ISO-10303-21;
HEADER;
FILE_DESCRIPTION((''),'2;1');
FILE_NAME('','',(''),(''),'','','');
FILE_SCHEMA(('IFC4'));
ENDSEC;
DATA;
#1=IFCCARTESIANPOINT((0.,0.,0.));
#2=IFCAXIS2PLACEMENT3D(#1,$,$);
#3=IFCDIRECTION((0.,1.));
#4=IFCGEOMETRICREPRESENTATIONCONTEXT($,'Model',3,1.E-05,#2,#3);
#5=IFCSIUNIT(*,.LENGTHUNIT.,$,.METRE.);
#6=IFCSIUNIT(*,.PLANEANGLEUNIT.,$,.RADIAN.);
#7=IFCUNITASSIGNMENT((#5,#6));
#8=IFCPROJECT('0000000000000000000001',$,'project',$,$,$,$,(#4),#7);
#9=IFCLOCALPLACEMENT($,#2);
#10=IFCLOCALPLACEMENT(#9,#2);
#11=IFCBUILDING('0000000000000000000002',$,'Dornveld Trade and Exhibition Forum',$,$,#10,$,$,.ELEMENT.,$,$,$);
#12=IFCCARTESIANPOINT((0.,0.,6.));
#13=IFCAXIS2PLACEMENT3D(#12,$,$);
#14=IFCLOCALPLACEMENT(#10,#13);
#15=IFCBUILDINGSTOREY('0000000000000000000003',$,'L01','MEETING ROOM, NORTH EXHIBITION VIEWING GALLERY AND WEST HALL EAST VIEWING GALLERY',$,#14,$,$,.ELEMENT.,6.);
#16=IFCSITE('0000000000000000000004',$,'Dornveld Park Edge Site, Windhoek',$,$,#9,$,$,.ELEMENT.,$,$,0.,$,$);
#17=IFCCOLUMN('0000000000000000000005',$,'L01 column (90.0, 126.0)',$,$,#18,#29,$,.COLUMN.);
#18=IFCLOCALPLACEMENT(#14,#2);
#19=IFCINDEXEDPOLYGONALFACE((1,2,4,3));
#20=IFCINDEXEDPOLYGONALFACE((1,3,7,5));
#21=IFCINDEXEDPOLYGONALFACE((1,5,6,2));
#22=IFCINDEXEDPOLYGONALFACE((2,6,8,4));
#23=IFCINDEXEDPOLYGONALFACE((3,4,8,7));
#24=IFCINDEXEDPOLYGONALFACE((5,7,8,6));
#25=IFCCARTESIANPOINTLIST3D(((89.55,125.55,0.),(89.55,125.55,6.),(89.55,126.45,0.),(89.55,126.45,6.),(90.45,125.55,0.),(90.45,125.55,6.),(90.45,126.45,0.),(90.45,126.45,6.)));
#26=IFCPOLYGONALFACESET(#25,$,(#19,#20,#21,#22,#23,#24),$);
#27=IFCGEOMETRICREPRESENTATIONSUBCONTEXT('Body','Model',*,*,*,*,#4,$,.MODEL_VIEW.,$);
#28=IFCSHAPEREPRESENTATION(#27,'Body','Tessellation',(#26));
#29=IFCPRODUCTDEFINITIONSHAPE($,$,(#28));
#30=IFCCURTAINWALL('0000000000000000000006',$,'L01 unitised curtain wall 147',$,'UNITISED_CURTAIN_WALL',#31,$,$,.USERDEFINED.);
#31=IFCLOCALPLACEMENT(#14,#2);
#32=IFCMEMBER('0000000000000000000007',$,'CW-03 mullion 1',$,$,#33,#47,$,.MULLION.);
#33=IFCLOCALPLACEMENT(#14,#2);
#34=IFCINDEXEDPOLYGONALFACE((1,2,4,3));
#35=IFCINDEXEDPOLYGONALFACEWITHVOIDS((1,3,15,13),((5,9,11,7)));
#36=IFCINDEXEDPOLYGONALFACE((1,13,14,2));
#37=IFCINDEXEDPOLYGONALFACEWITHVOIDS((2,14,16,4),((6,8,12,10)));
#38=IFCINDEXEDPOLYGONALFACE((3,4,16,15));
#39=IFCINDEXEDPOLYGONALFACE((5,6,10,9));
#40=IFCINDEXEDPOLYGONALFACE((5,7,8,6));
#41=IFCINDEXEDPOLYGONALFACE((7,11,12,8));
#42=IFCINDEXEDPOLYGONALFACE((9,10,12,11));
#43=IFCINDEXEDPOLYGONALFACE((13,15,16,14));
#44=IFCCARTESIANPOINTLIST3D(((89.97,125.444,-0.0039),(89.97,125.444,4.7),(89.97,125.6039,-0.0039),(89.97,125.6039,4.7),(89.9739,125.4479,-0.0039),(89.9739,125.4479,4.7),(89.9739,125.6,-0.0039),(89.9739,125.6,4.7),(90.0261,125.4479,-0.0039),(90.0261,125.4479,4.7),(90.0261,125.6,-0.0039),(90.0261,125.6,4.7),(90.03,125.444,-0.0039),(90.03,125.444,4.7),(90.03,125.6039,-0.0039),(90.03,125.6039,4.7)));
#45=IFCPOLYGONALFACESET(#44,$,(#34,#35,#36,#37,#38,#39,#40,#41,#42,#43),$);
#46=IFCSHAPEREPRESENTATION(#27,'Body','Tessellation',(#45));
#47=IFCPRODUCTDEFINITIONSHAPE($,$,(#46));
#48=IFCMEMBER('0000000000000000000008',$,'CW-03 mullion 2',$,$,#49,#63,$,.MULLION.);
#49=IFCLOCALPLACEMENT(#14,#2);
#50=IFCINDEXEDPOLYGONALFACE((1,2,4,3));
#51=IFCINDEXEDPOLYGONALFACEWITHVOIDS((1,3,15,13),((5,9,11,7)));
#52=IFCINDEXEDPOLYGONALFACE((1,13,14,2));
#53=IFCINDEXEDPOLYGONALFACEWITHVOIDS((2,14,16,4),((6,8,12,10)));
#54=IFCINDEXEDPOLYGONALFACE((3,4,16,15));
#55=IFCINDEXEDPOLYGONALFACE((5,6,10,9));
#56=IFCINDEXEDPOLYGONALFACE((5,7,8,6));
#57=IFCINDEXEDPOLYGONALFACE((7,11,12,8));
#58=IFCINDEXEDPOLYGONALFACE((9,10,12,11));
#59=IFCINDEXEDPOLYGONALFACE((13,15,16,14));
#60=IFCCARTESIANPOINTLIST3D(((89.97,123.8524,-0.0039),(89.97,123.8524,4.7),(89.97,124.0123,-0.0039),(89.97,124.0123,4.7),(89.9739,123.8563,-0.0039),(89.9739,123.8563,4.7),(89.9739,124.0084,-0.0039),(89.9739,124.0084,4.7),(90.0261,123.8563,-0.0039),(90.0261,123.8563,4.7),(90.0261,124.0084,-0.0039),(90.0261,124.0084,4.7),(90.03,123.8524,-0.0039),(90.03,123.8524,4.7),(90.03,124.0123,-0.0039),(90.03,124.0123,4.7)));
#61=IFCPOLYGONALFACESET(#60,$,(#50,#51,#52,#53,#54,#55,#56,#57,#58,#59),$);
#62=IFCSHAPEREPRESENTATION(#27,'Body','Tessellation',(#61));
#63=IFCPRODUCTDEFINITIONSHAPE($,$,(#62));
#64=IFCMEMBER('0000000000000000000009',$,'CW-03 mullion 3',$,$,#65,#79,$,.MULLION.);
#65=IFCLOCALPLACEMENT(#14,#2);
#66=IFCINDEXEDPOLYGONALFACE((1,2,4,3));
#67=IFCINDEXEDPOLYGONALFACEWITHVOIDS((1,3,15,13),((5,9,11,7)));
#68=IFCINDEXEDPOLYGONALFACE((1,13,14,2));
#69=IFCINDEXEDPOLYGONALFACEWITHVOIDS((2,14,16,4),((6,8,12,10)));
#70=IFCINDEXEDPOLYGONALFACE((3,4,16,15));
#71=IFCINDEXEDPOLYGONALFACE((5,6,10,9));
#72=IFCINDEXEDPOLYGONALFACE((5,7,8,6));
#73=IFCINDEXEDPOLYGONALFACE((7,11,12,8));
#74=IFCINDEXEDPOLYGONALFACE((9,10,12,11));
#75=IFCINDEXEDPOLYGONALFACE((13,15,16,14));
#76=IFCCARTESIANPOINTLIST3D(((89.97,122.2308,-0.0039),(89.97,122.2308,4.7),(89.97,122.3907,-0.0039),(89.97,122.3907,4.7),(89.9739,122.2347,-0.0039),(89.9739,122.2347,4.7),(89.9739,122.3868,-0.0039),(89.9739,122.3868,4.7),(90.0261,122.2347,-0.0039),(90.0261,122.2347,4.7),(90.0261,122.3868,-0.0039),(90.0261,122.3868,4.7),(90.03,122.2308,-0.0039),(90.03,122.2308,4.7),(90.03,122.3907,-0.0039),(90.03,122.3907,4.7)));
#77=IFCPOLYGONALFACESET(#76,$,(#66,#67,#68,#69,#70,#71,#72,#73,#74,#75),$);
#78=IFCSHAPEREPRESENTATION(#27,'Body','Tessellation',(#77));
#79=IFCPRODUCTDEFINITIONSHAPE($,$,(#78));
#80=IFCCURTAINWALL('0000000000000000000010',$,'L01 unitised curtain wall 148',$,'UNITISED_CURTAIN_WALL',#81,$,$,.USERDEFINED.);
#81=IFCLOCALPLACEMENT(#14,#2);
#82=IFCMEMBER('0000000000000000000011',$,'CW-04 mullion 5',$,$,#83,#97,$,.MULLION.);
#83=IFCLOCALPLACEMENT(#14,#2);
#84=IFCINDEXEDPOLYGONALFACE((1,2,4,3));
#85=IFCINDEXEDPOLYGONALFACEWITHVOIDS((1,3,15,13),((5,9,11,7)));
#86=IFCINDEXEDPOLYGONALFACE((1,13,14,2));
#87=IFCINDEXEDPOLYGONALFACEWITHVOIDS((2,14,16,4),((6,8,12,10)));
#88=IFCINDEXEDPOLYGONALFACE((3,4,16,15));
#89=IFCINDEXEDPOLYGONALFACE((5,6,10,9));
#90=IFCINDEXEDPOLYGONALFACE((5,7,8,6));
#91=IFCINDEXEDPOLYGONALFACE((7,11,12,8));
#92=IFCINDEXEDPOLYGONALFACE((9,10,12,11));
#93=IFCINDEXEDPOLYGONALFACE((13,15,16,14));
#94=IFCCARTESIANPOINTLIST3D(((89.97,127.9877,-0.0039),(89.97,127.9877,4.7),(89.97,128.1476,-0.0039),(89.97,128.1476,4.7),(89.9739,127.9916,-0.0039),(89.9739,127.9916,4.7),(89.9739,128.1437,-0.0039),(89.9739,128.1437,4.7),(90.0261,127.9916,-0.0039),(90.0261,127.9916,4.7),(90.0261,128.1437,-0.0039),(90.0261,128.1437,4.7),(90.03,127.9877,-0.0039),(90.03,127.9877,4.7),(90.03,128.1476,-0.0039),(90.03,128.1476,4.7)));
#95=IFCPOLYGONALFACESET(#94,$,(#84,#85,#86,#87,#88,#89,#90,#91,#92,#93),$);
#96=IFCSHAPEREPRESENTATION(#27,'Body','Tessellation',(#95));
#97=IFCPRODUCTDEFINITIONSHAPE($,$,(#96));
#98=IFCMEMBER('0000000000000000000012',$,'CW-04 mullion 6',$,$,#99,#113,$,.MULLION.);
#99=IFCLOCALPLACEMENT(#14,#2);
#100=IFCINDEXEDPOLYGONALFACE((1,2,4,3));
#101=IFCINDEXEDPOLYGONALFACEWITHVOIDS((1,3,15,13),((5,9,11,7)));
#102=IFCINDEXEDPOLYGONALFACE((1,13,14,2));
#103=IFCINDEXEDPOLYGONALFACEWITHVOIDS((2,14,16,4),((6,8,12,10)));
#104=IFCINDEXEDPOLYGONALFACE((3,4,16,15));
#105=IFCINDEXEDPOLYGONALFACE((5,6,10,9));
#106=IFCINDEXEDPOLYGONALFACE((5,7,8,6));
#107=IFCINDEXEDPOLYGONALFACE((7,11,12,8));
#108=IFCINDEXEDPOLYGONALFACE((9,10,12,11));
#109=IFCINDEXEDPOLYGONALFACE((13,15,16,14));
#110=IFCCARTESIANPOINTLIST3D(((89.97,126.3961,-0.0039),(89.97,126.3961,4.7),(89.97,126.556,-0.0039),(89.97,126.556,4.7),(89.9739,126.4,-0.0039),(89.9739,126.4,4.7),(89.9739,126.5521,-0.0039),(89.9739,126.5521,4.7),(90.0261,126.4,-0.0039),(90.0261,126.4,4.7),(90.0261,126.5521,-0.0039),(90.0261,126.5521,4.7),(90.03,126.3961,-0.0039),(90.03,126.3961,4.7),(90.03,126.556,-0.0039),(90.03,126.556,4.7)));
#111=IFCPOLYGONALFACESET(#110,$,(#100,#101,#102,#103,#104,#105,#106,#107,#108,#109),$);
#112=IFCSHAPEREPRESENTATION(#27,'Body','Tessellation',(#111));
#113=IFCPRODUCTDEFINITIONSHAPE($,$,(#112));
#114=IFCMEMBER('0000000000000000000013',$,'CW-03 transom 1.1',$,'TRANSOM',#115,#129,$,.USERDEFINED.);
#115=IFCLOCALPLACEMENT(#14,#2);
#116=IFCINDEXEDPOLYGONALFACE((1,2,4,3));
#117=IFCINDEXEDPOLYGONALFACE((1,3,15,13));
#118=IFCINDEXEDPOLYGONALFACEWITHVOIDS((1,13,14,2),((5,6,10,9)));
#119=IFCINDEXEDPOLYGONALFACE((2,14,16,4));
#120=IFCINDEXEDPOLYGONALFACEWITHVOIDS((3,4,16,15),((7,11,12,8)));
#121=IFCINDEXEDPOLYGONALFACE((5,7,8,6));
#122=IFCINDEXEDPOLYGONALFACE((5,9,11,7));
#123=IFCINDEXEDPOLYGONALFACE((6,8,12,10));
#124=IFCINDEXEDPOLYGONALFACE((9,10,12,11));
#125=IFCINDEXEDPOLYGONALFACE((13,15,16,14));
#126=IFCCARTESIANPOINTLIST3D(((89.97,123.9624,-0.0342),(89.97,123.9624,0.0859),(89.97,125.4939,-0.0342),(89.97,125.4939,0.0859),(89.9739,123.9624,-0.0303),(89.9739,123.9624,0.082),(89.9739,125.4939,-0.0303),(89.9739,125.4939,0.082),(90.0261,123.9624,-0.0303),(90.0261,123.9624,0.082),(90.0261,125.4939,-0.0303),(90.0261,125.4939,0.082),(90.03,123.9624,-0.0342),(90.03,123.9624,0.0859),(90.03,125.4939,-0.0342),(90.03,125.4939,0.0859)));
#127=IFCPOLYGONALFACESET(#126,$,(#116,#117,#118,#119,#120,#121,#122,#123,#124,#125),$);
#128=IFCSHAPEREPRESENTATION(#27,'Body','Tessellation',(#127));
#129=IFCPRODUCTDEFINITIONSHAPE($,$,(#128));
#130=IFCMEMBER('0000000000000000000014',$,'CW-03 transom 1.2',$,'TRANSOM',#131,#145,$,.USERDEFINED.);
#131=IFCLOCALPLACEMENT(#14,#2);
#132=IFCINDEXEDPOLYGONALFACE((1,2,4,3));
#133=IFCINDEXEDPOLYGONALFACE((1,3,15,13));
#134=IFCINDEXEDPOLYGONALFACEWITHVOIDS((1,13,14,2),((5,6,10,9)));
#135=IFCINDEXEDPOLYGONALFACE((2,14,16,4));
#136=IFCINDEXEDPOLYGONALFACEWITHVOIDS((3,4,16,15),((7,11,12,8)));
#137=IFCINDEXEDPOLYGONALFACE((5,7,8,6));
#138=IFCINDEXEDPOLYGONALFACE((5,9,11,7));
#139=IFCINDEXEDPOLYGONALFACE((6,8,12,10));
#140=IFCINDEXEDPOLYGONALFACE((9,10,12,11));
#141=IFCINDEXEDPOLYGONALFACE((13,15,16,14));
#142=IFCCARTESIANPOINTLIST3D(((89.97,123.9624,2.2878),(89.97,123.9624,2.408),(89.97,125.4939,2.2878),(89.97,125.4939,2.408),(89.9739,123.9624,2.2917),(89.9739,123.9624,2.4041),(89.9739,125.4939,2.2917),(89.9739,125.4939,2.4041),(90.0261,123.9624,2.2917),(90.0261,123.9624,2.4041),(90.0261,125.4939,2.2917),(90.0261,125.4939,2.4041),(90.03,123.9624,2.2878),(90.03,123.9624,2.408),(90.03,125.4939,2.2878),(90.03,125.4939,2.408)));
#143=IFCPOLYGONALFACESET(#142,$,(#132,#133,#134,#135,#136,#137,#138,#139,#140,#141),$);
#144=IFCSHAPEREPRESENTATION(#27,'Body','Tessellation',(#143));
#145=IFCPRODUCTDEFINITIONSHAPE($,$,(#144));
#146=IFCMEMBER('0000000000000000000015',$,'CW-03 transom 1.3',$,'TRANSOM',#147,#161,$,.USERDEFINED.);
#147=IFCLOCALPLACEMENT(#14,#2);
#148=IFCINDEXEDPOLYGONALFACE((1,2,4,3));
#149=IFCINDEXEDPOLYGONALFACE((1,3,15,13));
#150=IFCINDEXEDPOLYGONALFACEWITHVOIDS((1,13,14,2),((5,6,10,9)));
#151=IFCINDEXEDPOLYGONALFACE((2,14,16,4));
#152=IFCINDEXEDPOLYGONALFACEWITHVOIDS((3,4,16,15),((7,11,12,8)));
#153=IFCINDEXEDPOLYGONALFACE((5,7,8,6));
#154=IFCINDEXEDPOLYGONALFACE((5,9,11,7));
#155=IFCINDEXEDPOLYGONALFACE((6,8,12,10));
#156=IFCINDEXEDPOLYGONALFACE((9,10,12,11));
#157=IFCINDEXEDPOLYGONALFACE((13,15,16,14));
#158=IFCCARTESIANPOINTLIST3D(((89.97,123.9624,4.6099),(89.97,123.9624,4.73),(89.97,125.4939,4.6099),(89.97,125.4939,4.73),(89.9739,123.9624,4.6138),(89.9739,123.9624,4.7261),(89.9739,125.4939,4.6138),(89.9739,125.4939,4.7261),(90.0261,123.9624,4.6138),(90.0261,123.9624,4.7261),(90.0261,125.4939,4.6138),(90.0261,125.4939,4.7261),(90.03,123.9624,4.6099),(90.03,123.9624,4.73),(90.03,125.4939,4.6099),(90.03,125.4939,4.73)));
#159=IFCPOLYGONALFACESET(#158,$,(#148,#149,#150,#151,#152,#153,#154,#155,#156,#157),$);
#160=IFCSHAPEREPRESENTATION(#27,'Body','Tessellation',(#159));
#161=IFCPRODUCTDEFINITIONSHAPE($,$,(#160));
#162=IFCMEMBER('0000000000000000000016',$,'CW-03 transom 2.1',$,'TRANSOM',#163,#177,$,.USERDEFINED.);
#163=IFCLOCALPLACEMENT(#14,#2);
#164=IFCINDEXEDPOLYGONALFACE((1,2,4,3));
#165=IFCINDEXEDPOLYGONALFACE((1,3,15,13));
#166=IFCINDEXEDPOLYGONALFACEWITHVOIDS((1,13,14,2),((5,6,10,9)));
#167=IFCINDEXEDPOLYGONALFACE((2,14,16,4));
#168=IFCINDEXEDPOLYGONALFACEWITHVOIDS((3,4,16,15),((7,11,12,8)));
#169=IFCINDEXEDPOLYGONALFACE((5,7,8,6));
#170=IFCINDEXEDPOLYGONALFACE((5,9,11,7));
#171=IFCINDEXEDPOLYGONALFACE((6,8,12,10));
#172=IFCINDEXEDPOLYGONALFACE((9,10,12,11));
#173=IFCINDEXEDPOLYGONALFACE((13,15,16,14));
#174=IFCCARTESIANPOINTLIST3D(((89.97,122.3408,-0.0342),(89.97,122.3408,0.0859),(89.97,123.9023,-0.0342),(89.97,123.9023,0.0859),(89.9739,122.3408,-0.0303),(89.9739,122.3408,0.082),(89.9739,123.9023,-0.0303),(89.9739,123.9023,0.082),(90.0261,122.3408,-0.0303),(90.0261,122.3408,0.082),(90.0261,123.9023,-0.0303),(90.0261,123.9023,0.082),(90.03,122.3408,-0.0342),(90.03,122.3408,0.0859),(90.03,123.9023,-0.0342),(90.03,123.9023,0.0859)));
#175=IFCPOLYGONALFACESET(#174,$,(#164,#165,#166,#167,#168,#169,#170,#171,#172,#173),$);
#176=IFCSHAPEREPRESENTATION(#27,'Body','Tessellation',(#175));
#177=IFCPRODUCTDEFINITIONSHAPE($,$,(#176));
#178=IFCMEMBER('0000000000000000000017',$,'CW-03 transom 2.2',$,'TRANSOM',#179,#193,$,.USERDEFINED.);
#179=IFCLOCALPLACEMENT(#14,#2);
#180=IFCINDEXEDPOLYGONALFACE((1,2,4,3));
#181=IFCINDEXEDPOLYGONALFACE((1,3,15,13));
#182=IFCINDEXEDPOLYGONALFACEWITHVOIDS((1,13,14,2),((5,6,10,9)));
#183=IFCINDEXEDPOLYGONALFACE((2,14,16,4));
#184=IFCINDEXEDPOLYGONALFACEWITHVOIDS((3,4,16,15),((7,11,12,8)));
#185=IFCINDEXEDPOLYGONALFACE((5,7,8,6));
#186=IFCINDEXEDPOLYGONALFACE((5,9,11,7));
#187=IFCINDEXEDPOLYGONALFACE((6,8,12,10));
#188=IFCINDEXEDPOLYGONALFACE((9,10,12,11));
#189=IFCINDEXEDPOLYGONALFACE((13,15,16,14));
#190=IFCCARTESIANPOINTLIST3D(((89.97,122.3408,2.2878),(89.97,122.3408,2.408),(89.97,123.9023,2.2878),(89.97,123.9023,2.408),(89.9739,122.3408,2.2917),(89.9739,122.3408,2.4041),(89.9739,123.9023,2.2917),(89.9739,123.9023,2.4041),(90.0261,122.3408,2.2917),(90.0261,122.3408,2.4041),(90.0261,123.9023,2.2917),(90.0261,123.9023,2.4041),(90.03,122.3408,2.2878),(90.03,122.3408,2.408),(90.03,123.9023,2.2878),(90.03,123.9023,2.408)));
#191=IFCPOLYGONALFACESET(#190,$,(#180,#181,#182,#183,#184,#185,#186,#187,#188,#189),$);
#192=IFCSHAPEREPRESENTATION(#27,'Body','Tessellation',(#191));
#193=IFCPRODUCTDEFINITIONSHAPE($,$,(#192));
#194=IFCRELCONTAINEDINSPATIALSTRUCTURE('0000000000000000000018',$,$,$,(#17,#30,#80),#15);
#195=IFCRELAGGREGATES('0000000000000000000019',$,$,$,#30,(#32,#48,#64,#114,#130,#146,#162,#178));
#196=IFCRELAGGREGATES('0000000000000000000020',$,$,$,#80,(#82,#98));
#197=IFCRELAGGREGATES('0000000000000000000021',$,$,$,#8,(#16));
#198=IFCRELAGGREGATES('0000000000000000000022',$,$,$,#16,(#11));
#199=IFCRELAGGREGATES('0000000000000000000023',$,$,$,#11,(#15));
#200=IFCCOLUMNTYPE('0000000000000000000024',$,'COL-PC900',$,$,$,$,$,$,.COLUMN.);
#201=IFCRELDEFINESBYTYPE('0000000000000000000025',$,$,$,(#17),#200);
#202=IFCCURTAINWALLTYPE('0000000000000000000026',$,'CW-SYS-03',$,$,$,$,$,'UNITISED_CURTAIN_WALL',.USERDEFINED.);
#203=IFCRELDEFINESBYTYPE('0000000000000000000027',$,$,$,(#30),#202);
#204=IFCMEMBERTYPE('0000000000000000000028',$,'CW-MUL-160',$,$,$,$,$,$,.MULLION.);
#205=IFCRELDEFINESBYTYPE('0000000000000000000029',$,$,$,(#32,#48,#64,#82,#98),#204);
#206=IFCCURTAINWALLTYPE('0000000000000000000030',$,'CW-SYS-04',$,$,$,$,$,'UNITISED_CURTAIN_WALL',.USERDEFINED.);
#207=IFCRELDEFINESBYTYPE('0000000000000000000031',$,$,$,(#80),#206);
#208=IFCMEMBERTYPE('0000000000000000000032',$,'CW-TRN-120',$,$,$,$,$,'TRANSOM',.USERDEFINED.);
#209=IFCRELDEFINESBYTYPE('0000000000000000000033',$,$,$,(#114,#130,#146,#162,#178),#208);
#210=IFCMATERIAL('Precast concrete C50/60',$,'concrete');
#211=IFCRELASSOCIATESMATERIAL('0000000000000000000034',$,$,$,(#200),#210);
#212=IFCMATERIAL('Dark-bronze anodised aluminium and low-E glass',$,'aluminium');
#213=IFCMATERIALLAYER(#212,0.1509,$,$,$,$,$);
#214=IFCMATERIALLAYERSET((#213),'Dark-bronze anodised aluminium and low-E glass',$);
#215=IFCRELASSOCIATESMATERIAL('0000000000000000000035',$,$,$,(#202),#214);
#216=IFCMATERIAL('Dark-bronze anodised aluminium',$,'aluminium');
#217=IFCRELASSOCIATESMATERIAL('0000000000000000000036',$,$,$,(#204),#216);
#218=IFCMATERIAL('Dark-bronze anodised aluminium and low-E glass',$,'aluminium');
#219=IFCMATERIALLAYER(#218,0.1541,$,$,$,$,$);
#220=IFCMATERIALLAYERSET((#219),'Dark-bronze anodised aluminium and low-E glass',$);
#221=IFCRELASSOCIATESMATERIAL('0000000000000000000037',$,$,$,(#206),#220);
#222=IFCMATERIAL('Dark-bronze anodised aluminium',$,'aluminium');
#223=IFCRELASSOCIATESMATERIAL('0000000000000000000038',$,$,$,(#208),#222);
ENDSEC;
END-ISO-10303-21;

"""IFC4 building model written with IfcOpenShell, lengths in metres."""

from ifc_helpers import new_model, si_unit, direction, frame, origin, origin_2d, place, context, subcontext, project, spatial, rectangle, hollow_rectangle, extrude, material, layer, layer_set, material_profile, profile_set, type_object, element, aggregate, save


model = new_model("IFC4")

# Units and contexts
model_context = context("Model", 3, precision=1e-05, world=origin(), true_north=direction((0.0, 1.0)))
body_context = subcontext(model_context, "Body", "Model", "MODEL_VIEW")
ifc_project = project(units=[si_unit("LENGTHUNIT", "METRE"), si_unit("PLANEANGLEUNIT", "RADIAN")], contexts=[model_context])

# Site, building, storey
site_placement = place(None, origin())
site = spatial("IfcSite", under=ifc_project, at=site_placement, Name="Dornveld Park Edge Site, Windhoek", CompositionType="ELEMENT", RefElevation=0.0)
building_placement = place(site_placement, origin())
building = spatial("IfcBuilding", under=site, at=building_placement, Name="Dornveld Trade and Exhibition Forum", CompositionType="ELEMENT")
storey_placement = place(building_placement, frame((0.0, 0.0, 6.0)))
storey = spatial("IfcBuildingStorey", under=building, at=storey_placement, Name="L01", Description="MEETING ROOM, NORTH EXHIBITION VIEWING GALLERY AND WEST HALL EAST VIEWING GALLERY", CompositionType="ELEMENT", Elevation=6.0)

# Column
ifc_material_1 = material(Name="Precast concrete C50/60", Category="concrete")
ifc_material_profile_1 = material_profile(ifc_material_1, rectangle(XDim=0.8999, YDim=0.8999, at=origin_2d()), Name="PC-COL 900x900")
ifc_profile_set_1 = profile_set([ifc_material_profile_1], Name="Precast concrete C50/60")
column_type = type_object("IfcColumnType", Name="COL-PC900", PredefinedType="COLUMN", material=ifc_profile_set_1)
column_placement = place(storey_placement, frame((90.0, 126.0, 0.0), z_axis=(0.0, 0.0, 1.0), x_axis=(1.0, 0.0, 0.0)))
element("IfcColumn", 1, at=column_placement, inside=storey, type_object=column_type, Name="L01 column (90.0, 126.0)", PredefinedType="COLUMN", context=body_context, shape_type="SweptSolid", body=[
    extrude(rectangle(XDim=0.8999, YDim=0.8999, at=origin_2d()), origin(), (0.0, 0.0, 1.0), 6.0),
])

# Curtain walls, members
ifc_material_2 = material(Name="Dark-bronze anodised aluminium and low-E glass", Category="aluminium")
ifc_layer_1 = layer(ifc_material_2, 0.1509)
ifc_layer_set_1 = layer_set([ifc_layer_1], Name="Dark-bronze anodised aluminium and low-E glass")
curtain_wall_type_1 = type_object("IfcCurtainWallType", Name="CW-SYS-03", ElementType="UNITISED_CURTAIN_WALL", PredefinedType="USERDEFINED", material=ifc_layer_set_1)
curtain_wall_1_placement = place(storey_placement, origin())
curtain_wall_1 = element("IfcCurtainWall", 2, at=curtain_wall_1_placement, inside=storey, type_object=curtain_wall_type_1, Name="L01 unitised curtain wall 147", ObjectType="UNITISED_CURTAIN_WALL", PredefinedType="USERDEFINED")
ifc_material_3 = material(Name="Dark-bronze anodised aluminium", Category="aluminium")
ifc_material_profile_2 = material_profile(ifc_material_3, hollow_rectangle(XDim=0.0601, YDim=0.1599, WallThickness=0.0039, at=origin_2d()), Name="RHS 160x60x4")
ifc_profile_set_2 = profile_set([ifc_material_profile_2], Name="Dark-bronze anodised aluminium")
member_type_1 = type_object("IfcMemberType", Name="CW-MUL-160", PredefinedType="MULLION", material=ifc_profile_set_2)
member_1_placement = place(storey_placement, frame((90.0, 125.5239, -0.0039), z_axis=(0.0, 0.0, 1.0), x_axis=(1.0, 0.0, 0.0)))
member_1 = element("IfcMember", 3, at=member_1_placement, type_object=member_type_1, Name="CW-03 mullion 1", PredefinedType="MULLION", context=body_context, shape_type="SweptSolid", body=[
    extrude(hollow_rectangle(XDim=0.0601, YDim=0.1599, WallThickness=0.0039, at=origin_2d()), origin(), (0.0, 0.0, 1.0), 4.7039),
])
member_2_placement = place(storey_placement, frame((90.0, 123.9324, -0.0039), z_axis=(0.0, 0.0, 1.0), x_axis=(1.0, 0.0, 0.0)))
member_2 = element("IfcMember", 4, at=member_2_placement, type_object=member_type_1, Name="CW-03 mullion 2", PredefinedType="MULLION", context=body_context, shape_type="SweptSolid", body=[
    extrude(hollow_rectangle(XDim=0.0601, YDim=0.1599, WallThickness=0.0039, at=origin_2d()), origin(), (0.0, 0.0, 1.0), 4.7039),
])
member_3_placement = place(storey_placement, frame((90.0, 122.3108, -0.0039), z_axis=(0.0, 0.0, 1.0), x_axis=(1.0, 0.0, 0.0)))
member_3 = element("IfcMember", 5, at=member_3_placement, type_object=member_type_1, Name="CW-03 mullion 3", PredefinedType="MULLION", context=body_context, shape_type="SweptSolid", body=[
    extrude(hollow_rectangle(XDim=0.0601, YDim=0.1599, WallThickness=0.0039, at=origin_2d()), origin(), (0.0, 0.0, 1.0), 4.7039),
])
ifc_material_4 = material(Name="Dark-bronze anodised aluminium and low-E glass", Category="aluminium")
ifc_layer_2 = layer(ifc_material_4, 0.1541)
ifc_layer_set_2 = layer_set([ifc_layer_2], Name="Dark-bronze anodised aluminium and low-E glass")
curtain_wall_type_2 = type_object("IfcCurtainWallType", Name="CW-SYS-04", ElementType="UNITISED_CURTAIN_WALL", PredefinedType="USERDEFINED", material=ifc_layer_set_2)
curtain_wall_2_placement = place(storey_placement, origin())
curtain_wall_2 = element("IfcCurtainWall", 6, at=curtain_wall_2_placement, inside=storey, type_object=curtain_wall_type_2, Name="L01 unitised curtain wall 148", ObjectType="UNITISED_CURTAIN_WALL", PredefinedType="USERDEFINED")
member_4_placement = place(storey_placement, frame((90.0, 128.0676, -0.0039), z_axis=(0.0, 0.0, 1.0), x_axis=(1.0, 0.0, 0.0)))
member_4 = element("IfcMember", 7, at=member_4_placement, type_object=member_type_1, Name="CW-04 mullion 5", PredefinedType="MULLION", context=body_context, shape_type="SweptSolid", body=[
    extrude(hollow_rectangle(XDim=0.0601, YDim=0.1599, WallThickness=0.0039, at=origin_2d()), origin(), (0.0, 0.0, 1.0), 4.7039),
])
member_5_placement = place(storey_placement, frame((90.0, 126.4761, -0.0039), z_axis=(0.0, 0.0, 1.0), x_axis=(1.0, 0.0, 0.0)))
member_5 = element("IfcMember", 8, at=member_5_placement, type_object=member_type_1, Name="CW-04 mullion 6", PredefinedType="MULLION", context=body_context, shape_type="SweptSolid", body=[
    extrude(hollow_rectangle(XDim=0.0601, YDim=0.1599, WallThickness=0.0039, at=origin_2d()), origin(), (0.0, 0.0, 1.0), 4.7039),
])

# Members
ifc_material_5 = material(Name="Dark-bronze anodised aluminium", Category="aluminium")
ifc_material_profile_3 = material_profile(ifc_material_5, hollow_rectangle(XDim=0.0601, YDim=0.1201, WallThickness=0.0039, at=origin_2d()), Name="RHS 120x60x4")
ifc_profile_set_3 = profile_set([ifc_material_profile_3], Name="Dark-bronze anodised aluminium")
member_type_2 = type_object("IfcMemberType", Name="CW-TRN-120", ElementType="TRANSOM", PredefinedType="USERDEFINED", material=ifc_profile_set_3)
member_6_placement = place(storey_placement, frame((90.0, 125.4939, 0.0259), z_axis=(0.0, -1.0, 0.0), x_axis=(1.0, 0.0, 0.0)))
member_6 = element("IfcMember", 9, at=member_6_placement, type_object=member_type_2, Name="CW-03 transom 1.1", ObjectType="TRANSOM", PredefinedType="USERDEFINED", context=body_context, shape_type="SweptSolid", body=[
    extrude(hollow_rectangle(XDim=0.0601, YDim=0.1201, WallThickness=0.0039, at=origin_2d()), origin(), (0.0, 0.0, 1.0), 1.5315),
])
member_7_placement = place(storey_placement, frame((90.0, 125.4939, 2.3479), z_axis=(0.0, -1.0, 0.0), x_axis=(1.0, 0.0, 0.0)))
member_7 = element("IfcMember", 10, at=member_7_placement, type_object=member_type_2, Name="CW-03 transom 1.2", ObjectType="TRANSOM", PredefinedType="USERDEFINED", context=body_context, shape_type="SweptSolid", body=[
    extrude(hollow_rectangle(XDim=0.0601, YDim=0.1201, WallThickness=0.0039, at=origin_2d()), origin(), (0.0, 0.0, 1.0), 1.5315),
])
member_8_placement = place(storey_placement, frame((90.0, 125.4939, 4.6699), z_axis=(0.0, -1.0, 0.0), x_axis=(1.0, 0.0, 0.0)))
member_8 = element("IfcMember", 11, at=member_8_placement, type_object=member_type_2, Name="CW-03 transom 1.3", ObjectType="TRANSOM", PredefinedType="USERDEFINED", context=body_context, shape_type="SweptSolid", body=[
    extrude(hollow_rectangle(XDim=0.0601, YDim=0.1201, WallThickness=0.0039, at=origin_2d()), origin(), (0.0, 0.0, 1.0), 1.5315),
])
member_9_placement = place(storey_placement, frame((90.0, 123.9023, 0.0259), z_axis=(0.0, -1.0, 0.0), x_axis=(1.0, 0.0, 0.0)))
member_9 = element("IfcMember", 12, at=member_9_placement, type_object=member_type_2, Name="CW-03 transom 2.1", ObjectType="TRANSOM", PredefinedType="USERDEFINED", context=body_context, shape_type="SweptSolid", body=[
    extrude(hollow_rectangle(XDim=0.0601, YDim=0.1201, WallThickness=0.0039, at=origin_2d()), origin(), (0.0, 0.0, 1.0), 1.5615),
])
member_10_placement = place(storey_placement, frame((90.0, 123.9023, 2.3479), z_axis=(0.0, -1.0, 0.0), x_axis=(1.0, 0.0, 0.0)))
member_10 = element("IfcMember", 13, at=member_10_placement, type_object=member_type_2, Name="CW-03 transom 2.2", ObjectType="TRANSOM", PredefinedType="USERDEFINED", context=body_context, shape_type="SweptSolid", body=[
    extrude(hollow_rectangle(XDim=0.0601, YDim=0.1201, WallThickness=0.0039, at=origin_2d()), origin(), (0.0, 0.0, 1.0), 1.5615),
])

aggregate(curtain_wall_1, [member_1, member_2, member_3, member_6, member_7, member_8, member_9, member_10])
aggregate(curtain_wall_2, [member_4, member_5])

save(model, "model.ifc")
